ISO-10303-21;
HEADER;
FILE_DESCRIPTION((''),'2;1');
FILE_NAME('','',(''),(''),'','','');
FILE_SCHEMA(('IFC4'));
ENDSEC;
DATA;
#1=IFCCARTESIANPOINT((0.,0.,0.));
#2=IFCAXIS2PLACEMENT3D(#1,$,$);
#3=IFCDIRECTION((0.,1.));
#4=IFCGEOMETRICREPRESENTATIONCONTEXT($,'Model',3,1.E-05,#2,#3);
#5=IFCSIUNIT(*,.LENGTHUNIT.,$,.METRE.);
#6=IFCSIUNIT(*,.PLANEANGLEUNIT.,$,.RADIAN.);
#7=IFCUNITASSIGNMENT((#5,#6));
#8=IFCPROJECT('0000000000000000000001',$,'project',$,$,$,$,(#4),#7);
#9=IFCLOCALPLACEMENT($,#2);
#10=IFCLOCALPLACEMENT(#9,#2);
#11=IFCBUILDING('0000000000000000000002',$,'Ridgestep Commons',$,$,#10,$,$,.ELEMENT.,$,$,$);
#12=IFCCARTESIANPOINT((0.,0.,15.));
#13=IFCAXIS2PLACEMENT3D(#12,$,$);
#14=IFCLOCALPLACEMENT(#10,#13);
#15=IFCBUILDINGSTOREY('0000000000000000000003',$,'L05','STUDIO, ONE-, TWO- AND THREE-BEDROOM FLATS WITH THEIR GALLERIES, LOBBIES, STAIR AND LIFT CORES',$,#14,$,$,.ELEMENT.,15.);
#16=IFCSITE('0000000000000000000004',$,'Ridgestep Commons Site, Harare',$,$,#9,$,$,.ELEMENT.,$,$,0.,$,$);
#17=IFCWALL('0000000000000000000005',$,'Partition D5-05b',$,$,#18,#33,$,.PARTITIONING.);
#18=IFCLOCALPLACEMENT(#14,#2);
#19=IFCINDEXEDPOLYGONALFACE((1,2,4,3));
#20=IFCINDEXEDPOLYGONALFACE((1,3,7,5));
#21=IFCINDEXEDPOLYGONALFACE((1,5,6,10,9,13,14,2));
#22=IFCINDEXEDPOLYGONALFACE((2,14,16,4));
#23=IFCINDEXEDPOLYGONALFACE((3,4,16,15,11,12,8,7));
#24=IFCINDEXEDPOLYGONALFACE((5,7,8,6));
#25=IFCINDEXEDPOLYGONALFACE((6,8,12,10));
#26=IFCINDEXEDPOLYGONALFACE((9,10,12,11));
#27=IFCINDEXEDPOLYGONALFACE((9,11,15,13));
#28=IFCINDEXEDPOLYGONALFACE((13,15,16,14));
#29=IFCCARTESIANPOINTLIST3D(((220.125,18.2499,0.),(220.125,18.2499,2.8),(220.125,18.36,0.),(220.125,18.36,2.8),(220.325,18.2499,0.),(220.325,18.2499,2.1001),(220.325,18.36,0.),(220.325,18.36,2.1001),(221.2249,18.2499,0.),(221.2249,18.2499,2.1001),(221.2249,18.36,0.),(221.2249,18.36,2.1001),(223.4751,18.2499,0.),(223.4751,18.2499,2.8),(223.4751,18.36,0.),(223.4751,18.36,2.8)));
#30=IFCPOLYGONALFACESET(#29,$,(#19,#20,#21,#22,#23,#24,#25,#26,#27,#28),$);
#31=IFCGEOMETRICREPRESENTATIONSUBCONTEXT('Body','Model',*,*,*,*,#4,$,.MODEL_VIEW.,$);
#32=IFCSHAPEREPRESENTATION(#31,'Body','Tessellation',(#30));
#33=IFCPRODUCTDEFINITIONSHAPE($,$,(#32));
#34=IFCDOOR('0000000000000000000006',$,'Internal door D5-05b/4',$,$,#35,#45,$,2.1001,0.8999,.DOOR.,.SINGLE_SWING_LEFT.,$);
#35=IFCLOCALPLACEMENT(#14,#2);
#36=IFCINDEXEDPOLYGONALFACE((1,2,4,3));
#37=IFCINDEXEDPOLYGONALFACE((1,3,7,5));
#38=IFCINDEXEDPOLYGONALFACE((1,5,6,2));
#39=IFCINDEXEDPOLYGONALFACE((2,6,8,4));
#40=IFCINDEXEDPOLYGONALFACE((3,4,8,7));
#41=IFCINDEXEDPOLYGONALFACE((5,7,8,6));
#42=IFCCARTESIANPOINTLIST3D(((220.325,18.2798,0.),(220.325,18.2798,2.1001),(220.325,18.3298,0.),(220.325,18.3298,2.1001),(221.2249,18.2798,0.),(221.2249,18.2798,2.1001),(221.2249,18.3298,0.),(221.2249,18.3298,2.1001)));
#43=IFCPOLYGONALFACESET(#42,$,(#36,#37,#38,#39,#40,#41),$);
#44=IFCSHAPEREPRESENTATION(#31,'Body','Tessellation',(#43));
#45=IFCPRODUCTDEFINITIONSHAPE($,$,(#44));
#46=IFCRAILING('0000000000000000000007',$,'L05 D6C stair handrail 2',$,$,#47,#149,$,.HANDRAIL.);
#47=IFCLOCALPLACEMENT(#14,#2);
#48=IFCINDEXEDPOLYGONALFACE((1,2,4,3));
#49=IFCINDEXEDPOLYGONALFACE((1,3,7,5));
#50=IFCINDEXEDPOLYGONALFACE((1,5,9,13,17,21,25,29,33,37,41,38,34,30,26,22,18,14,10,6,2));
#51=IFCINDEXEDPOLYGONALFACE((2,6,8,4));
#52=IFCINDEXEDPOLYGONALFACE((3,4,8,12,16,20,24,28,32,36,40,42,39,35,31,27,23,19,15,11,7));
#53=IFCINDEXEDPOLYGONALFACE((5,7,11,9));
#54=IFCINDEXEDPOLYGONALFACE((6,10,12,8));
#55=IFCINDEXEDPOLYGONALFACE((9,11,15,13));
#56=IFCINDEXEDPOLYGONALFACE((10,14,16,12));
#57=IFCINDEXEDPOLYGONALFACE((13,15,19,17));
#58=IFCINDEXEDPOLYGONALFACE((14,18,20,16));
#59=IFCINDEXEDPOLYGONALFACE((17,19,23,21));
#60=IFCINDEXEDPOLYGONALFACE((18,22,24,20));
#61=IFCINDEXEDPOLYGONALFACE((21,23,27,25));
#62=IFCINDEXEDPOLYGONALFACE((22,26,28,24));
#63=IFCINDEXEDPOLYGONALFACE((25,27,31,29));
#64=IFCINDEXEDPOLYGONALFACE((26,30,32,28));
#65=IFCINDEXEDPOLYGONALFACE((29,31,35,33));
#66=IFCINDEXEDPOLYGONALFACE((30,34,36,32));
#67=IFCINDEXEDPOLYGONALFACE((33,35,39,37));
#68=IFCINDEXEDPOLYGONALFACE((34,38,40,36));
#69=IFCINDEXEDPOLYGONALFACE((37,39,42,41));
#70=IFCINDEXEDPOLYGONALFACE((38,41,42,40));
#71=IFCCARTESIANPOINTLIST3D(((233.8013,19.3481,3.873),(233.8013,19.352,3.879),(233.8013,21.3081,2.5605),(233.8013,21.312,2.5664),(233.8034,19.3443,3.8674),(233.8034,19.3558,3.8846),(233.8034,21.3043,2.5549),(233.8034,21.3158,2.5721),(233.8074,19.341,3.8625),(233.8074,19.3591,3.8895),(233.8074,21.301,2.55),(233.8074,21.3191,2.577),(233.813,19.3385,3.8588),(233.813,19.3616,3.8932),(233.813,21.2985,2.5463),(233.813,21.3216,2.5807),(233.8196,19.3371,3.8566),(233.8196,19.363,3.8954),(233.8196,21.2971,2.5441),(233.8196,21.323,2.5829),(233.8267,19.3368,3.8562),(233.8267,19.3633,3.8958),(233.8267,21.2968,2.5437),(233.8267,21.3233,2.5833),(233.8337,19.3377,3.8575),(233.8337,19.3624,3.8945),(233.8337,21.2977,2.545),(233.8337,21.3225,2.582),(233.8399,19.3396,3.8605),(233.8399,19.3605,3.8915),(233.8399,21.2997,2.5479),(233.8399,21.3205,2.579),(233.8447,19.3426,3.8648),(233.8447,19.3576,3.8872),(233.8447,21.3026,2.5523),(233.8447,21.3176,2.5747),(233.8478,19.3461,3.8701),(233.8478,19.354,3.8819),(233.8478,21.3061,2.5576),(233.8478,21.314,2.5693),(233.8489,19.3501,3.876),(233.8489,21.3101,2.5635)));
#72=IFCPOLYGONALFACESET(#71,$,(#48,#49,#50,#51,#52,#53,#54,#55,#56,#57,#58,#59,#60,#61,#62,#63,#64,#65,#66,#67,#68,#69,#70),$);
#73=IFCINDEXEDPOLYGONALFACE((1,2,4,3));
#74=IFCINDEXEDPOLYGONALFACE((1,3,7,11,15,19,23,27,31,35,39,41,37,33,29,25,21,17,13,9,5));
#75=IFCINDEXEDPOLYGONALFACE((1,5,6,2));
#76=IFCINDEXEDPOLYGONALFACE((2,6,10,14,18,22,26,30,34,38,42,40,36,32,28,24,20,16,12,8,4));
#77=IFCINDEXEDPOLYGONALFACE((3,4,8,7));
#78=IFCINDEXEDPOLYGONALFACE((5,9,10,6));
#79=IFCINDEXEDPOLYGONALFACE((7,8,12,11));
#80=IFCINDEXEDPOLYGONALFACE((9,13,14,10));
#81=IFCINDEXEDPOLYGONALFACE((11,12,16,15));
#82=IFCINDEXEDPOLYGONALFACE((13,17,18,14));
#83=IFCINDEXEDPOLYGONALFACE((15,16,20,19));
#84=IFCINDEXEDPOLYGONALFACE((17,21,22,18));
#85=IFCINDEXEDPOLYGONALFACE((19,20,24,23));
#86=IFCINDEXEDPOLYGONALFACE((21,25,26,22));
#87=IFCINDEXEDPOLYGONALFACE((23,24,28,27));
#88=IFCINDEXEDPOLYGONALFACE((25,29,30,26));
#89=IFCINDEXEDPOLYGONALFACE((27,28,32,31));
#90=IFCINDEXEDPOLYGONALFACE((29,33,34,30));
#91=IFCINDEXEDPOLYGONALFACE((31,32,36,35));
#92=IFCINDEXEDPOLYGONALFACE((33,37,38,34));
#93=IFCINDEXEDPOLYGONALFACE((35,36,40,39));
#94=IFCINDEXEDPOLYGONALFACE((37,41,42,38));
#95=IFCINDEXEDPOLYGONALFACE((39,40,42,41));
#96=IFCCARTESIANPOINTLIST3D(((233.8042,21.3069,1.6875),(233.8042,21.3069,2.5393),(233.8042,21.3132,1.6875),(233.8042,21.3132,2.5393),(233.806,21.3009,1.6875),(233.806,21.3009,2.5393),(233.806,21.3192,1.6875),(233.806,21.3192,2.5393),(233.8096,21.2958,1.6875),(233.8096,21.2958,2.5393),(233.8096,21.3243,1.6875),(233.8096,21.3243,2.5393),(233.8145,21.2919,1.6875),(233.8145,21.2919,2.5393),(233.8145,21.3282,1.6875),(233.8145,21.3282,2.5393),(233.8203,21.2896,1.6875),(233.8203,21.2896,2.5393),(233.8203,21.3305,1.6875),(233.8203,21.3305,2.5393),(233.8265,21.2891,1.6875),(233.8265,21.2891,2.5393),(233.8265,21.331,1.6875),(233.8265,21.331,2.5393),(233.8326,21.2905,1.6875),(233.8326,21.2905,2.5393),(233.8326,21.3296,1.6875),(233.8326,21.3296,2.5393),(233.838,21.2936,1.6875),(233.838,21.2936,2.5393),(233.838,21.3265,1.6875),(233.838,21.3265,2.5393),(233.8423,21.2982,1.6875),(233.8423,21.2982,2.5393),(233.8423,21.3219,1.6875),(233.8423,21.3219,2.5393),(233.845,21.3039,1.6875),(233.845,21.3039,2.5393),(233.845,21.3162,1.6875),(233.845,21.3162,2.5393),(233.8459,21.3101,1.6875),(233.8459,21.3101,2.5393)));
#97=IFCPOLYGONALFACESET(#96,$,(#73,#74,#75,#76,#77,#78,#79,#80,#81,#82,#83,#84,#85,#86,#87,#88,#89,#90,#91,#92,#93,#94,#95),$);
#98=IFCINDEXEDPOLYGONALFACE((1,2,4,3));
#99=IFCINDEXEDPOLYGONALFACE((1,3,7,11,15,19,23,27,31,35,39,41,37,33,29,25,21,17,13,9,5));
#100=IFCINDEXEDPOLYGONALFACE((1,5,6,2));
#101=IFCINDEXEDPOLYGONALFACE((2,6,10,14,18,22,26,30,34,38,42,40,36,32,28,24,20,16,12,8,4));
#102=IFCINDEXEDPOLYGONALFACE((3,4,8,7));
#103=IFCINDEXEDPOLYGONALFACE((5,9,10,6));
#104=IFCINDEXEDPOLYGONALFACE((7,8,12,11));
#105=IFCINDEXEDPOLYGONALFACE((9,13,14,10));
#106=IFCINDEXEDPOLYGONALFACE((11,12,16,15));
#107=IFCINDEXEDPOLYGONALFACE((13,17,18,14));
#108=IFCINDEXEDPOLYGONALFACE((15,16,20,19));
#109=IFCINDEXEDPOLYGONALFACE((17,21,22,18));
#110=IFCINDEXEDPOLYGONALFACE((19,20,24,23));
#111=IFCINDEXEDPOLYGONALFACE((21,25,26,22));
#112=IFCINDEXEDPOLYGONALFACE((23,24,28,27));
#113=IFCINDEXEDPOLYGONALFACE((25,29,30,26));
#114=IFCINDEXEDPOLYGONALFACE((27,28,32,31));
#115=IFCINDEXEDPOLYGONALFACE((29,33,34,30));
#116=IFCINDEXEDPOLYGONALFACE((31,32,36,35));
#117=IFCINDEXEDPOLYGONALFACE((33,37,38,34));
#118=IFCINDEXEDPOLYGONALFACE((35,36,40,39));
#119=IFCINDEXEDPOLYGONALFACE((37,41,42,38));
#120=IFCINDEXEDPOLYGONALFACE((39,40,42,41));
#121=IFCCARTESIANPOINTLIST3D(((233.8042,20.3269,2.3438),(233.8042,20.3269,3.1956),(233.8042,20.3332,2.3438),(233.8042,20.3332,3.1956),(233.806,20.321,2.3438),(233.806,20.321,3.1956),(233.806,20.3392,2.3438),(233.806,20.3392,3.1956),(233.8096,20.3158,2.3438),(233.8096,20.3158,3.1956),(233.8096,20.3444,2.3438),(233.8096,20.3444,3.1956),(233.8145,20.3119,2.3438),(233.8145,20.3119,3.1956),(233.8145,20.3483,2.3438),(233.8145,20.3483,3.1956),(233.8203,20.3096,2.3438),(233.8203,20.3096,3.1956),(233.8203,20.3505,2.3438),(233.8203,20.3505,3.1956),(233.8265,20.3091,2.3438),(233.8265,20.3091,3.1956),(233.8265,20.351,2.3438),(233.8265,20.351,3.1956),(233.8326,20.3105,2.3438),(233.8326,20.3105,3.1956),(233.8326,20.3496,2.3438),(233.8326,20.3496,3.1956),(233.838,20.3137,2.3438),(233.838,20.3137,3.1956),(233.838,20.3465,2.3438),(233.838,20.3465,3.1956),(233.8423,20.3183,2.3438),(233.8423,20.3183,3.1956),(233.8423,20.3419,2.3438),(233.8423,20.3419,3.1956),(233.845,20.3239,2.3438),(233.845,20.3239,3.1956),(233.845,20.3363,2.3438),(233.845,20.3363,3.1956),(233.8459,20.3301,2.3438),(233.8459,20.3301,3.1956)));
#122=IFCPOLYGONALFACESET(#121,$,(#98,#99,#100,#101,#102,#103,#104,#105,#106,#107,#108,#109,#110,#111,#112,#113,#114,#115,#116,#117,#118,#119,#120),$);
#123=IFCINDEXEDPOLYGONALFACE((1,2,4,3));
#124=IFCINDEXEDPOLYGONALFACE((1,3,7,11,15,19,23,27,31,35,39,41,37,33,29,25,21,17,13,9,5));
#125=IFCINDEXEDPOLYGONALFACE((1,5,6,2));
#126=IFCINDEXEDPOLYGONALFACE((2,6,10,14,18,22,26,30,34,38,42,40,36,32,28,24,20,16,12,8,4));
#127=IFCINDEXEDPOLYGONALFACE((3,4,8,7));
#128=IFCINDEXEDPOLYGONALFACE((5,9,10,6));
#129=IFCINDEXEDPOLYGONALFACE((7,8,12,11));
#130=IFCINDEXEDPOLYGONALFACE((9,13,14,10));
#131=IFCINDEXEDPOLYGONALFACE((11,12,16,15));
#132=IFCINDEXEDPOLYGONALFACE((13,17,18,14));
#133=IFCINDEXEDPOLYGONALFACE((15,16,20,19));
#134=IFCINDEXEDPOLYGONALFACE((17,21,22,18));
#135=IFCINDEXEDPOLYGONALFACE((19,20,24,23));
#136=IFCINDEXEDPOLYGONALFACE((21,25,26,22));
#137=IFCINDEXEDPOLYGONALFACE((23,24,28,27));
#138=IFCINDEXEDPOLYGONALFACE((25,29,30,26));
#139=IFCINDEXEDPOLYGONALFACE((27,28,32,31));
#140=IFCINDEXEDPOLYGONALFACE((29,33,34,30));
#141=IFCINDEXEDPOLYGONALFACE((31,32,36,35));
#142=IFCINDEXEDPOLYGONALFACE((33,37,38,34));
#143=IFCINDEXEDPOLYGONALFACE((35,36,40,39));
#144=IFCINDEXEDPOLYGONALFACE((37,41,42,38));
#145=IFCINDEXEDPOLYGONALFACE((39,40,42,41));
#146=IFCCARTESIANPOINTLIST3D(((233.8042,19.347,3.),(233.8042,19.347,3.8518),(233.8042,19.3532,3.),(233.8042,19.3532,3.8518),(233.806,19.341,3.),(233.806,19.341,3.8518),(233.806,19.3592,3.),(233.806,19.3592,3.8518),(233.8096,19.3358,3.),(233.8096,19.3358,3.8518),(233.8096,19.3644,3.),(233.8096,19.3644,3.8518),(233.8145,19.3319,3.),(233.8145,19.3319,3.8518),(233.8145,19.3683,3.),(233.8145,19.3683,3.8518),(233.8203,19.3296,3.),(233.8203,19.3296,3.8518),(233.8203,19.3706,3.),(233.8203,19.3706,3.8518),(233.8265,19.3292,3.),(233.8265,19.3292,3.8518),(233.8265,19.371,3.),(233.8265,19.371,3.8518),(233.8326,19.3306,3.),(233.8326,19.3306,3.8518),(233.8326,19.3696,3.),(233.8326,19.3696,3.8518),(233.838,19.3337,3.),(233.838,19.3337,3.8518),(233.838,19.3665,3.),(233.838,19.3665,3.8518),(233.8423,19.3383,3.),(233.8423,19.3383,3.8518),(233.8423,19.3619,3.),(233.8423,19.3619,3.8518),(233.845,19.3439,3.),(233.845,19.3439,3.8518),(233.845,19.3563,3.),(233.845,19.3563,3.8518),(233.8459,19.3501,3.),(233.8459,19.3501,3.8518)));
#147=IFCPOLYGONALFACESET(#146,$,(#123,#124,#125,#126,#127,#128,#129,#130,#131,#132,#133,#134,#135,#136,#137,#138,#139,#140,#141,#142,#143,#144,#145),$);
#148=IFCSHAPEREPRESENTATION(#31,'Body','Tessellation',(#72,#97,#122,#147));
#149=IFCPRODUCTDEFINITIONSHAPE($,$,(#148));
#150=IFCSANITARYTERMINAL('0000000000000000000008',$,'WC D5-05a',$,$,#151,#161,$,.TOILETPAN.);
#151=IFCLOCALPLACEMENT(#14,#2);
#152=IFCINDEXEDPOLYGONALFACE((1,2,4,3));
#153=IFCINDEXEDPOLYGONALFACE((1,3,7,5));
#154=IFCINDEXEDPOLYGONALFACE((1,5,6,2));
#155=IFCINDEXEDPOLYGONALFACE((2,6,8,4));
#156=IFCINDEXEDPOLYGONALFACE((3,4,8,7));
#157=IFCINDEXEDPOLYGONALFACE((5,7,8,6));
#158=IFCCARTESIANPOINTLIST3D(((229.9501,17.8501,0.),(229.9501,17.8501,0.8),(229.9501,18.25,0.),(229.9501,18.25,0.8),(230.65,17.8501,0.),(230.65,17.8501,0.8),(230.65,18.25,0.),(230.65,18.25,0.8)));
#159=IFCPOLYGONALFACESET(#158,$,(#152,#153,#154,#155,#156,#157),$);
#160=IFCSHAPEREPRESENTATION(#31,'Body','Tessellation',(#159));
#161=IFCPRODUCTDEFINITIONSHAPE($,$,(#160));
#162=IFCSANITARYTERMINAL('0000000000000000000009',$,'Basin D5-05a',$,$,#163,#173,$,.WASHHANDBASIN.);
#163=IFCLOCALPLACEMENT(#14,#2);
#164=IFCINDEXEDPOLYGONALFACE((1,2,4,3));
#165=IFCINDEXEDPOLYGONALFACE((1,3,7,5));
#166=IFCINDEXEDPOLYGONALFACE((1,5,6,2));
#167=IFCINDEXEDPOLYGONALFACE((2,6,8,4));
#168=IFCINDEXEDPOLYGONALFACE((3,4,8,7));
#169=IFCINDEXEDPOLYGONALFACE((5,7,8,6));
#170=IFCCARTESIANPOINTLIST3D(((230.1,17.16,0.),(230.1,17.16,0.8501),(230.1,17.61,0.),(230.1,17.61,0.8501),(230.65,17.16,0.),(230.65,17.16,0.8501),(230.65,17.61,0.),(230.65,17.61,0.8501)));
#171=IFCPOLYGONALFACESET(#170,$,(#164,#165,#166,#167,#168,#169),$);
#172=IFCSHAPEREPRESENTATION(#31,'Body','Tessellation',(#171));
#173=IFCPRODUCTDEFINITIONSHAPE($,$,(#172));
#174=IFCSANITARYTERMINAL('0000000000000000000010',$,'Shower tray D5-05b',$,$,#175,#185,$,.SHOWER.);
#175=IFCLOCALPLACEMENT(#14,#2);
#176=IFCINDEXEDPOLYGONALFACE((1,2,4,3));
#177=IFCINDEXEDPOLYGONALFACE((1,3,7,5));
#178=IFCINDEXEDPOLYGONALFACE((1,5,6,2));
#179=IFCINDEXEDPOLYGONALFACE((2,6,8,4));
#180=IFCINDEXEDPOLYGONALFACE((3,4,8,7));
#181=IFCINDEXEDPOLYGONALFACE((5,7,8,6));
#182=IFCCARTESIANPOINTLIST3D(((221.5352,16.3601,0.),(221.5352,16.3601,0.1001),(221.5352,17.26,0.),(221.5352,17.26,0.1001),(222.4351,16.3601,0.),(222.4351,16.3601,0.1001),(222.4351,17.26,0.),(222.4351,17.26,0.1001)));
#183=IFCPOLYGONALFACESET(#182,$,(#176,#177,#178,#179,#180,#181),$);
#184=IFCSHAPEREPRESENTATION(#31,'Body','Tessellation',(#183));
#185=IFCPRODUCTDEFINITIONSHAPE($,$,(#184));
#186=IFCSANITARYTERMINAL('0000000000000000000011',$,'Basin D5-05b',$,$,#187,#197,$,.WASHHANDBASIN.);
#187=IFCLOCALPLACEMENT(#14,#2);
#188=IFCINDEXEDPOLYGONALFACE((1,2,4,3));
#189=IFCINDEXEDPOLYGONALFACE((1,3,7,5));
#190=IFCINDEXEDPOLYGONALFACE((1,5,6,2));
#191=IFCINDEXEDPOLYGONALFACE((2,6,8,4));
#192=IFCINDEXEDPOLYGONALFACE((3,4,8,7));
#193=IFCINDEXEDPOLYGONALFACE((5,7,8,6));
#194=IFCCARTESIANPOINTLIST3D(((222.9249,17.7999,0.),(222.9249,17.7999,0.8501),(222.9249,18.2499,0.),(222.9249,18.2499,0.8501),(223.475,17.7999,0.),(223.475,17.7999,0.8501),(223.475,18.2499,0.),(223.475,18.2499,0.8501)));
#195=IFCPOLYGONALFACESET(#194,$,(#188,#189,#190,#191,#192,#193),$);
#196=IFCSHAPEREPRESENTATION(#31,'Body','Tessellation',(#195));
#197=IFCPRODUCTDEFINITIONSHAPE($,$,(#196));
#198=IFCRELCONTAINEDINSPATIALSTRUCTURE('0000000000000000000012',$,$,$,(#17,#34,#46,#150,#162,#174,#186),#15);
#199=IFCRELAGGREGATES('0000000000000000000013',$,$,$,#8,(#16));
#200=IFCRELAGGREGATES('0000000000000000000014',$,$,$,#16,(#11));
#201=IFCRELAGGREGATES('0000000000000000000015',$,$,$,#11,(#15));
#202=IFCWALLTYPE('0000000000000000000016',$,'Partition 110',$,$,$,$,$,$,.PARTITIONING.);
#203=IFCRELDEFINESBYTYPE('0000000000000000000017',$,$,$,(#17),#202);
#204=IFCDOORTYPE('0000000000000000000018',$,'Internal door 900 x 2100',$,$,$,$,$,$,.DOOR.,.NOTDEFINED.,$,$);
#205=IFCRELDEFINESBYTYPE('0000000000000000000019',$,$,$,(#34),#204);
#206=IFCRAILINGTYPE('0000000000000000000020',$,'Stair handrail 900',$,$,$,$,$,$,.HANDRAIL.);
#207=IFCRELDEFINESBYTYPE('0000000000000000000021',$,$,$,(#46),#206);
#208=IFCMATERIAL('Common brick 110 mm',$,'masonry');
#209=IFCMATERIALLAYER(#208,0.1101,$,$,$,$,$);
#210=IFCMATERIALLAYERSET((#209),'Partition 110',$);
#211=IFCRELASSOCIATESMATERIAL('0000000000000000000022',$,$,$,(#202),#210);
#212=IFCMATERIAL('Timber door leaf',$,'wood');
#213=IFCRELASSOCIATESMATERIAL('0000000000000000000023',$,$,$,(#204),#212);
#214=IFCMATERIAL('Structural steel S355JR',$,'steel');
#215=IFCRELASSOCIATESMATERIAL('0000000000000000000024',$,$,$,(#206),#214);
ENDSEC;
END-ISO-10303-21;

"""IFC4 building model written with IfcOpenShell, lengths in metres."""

from ifc_helpers import new_model, si_unit, direction, frame, frame_2d, origin, origin_2d, place, context, subcontext, project, spatial, rectangle, circle, extrude, material, layer, layer_set, type_object, element, fill, save


model = new_model("IFC4")

# Units and contexts
model_context = context("Model", 3, precision=1e-05, world=origin(), true_north=direction((0.0, 1.0)))
body_context = subcontext(model_context, "Body", "Model", "MODEL_VIEW")
ifc_project = project(units=[si_unit("LENGTHUNIT", "METRE"), si_unit("PLANEANGLEUNIT", "RADIAN")], contexts=[model_context])

# Site, building, storey
site_placement = place(None, origin())
site = spatial("IfcSite", under=ifc_project, at=site_placement, Name="Ridgestep Commons Site, Harare", CompositionType="ELEMENT", RefElevation=0.0)
building_placement = place(site_placement, origin())
building = spatial("IfcBuilding", under=site, at=building_placement, Name="Ridgestep Commons", CompositionType="ELEMENT")
storey_placement = place(building_placement, frame((0.0, 0.0, 15.0)))
storey = spatial("IfcBuildingStorey", under=building, at=storey_placement, Name="L05", Description="STUDIO, ONE-, TWO- AND THREE-BEDROOM FLATS WITH THEIR GALLERIES, LOBBIES, STAIR AND LIFT CORES", CompositionType="ELEMENT", Elevation=15.0)

# Shared definitions
ifc_material_1 = material(Name="Common brick 110 mm", Category="masonry")
ifc_layer_1 = layer(ifc_material_1, 0.1101)
ifc_layer_set_1 = layer_set([ifc_layer_1], Name="Partition 110")
wall_type_1 = type_object("IfcWallType", Name="Partition 110", PredefinedType="PARTITIONING", material=ifc_layer_set_1)
ifc_material_2 = material(Name="Timber door leaf", Category="wood")
door_type_1 = type_object("IfcDoorType", Name="Internal door 900 x 2100", OperationType="NOTDEFINED", PredefinedType="DOOR", material=ifc_material_2)

# Wall, opening, door
wall_1_placement = place(storey_placement, frame((220.125, 18.3049, 0.0), z_axis=(0.0, 0.0, 1.0), x_axis=(1.0, 0.0, 0.0)))
wall_1 = element("IfcWall", 1, at=wall_1_placement, inside=storey, type_object=wall_type_1, Name="Partition D5-05b", PredefinedType="PARTITIONING", context=body_context, shape_type="SweptSolid", body=[
    extrude(rectangle(XDim=3.3501, YDim=0.1101, at=frame_2d((1.675, 0.0))), origin(), (0.0, 0.0, 1.0), 2.8),
])
opening_1_placement = place(wall_1_placement, frame((0.2, 0.0, 0.0)))
opening_1 = element("IfcOpeningElement", 2, at=opening_1_placement, cuts=wall_1, PredefinedType="OPENING", context=body_context, shape_type="SweptSolid", body=[
    extrude(rectangle(XDim=0.8999, YDim=2.1001, at=frame_2d((0.45, 1.05))), frame((0.0, 0.0649, 0.0), z_axis=(0.0, -1.0, 0.0), x_axis=(1.0, 0.0, 0.0)), (0.0, 0.0, 1.0), 0.1301),
])
door_1_placement = place(opening_1_placement, origin())
door_1 = element("IfcDoor", 3, at=door_1_placement, inside=storey, type_object=door_type_1, Name="Internal door D5-05b/4", OperationType="SINGLE_SWING_LEFT", OverallHeight=2.1001, OverallWidth=0.8999, PredefinedType="DOOR", context=body_context, shape_type="SweptSolid", body=[
    extrude(rectangle(XDim=0.8999, YDim=2.1001, at=frame_2d((0.45, 1.05))), frame((0.0, 0.0249, 0.0), z_axis=(0.0, -1.0, 0.0), x_axis=(1.0, 0.0, 0.0)), (0.0, 0.0, 1.0), 0.05),
])
fill(opening_1, door_1)

# Railing
ifc_material_3 = material(Name="Structural steel S355JR", Category="steel")
railing_type = type_object("IfcRailingType", Name="Stair handrail 900", PredefinedType="HANDRAIL", material=ifc_material_3)
railing_placement = place(storey_placement, frame((233.825, 21.3101, 1.6875)))
element("IfcRailing", 4, at=railing_placement, inside=storey, type_object=railing_type, Name="L05 D6C stair handrail 2", PredefinedType="HANDRAIL", context=body_context, shape_type="SweptSolid", body=[
    extrude(circle(Radius=0.0239, at=origin_2d()), frame((0.0, 0.0, 0.876), z_axis=(0.0, -0.830902, 0.556419), x_axis=(1.0, 0.0, 0.0)), (0.0, 0.0, 1.0), 2.3589),
    extrude(circle(Radius=0.021, at=origin_2d()), origin(), (0.0, 0.0, 1.0), 0.8518),
    extrude(circle(Radius=0.021, at=origin_2d()), frame((0.0, -0.98, 0.6562)), (0.0, 0.0, 1.0), 0.8518),
    extrude(circle(Radius=0.021, at=origin_2d()), frame((0.0, -1.96, 1.3125)), (0.0, 0.0, 1.0), 0.8518),
])

# Sanitary terminals
sanitary_terminal_1_placement = place(storey_placement, frame((230.3, 18.05, 0.0), z_axis=(0.0, 0.0, 1.0), x_axis=(1.0, 0.0, 0.0)))
element("IfcSanitaryTerminal", 5, at=sanitary_terminal_1_placement, inside=storey, Name="WC D5-05a", PredefinedType="TOILETPAN", context=body_context, shape_type="SweptSolid", body=[
    extrude(rectangle(XDim=0.7, YDim=0.3999, at=origin_2d()), origin(), (0.0, 0.0, 1.0), 0.8),
])
sanitary_terminal_2_placement = place(storey_placement, frame((230.375, 17.385, 0.0), z_axis=(0.0, 0.0, 1.0), x_axis=(1.0, 0.0, 0.0)))
element("IfcSanitaryTerminal", 6, at=sanitary_terminal_2_placement, inside=storey, Name="Basin D5-05a", PredefinedType="WASHHANDBASIN", context=body_context, shape_type="SweptSolid", body=[
    extrude(rectangle(XDim=0.55, YDim=0.45, at=origin_2d()), origin(), (0.0, 0.0, 1.0), 0.8501),
])
sanitary_terminal_3_placement = place(storey_placement, frame((221.9851, 16.8101, 0.0), z_axis=(0.0, 0.0, 1.0), x_axis=(1.0, 0.0, 0.0)))
element("IfcSanitaryTerminal", 7, at=sanitary_terminal_3_placement, inside=storey, Name="Shower tray D5-05b", PredefinedType="SHOWER", context=body_context, shape_type="SweptSolid", body=[
    extrude(rectangle(XDim=0.8999, YDim=0.8999, at=origin_2d()), origin(), (0.0, 0.0, 1.0), 0.1001),
])
sanitary_terminal_4_placement = place(storey_placement, frame((223.2, 18.0249, 0.0), z_axis=(0.0, 0.0, 1.0), x_axis=(1.0, 0.0, 0.0)))
element("IfcSanitaryTerminal", 8, at=sanitary_terminal_4_placement, inside=storey, Name="Basin D5-05b", PredefinedType="WASHHANDBASIN", context=body_context, shape_type="SweptSolid", body=[
    extrude(rectangle(XDim=0.55, YDim=0.45, at=origin_2d()), origin(), (0.0, 0.0, 1.0), 0.8501),
])

save(model, "model.ifc")
